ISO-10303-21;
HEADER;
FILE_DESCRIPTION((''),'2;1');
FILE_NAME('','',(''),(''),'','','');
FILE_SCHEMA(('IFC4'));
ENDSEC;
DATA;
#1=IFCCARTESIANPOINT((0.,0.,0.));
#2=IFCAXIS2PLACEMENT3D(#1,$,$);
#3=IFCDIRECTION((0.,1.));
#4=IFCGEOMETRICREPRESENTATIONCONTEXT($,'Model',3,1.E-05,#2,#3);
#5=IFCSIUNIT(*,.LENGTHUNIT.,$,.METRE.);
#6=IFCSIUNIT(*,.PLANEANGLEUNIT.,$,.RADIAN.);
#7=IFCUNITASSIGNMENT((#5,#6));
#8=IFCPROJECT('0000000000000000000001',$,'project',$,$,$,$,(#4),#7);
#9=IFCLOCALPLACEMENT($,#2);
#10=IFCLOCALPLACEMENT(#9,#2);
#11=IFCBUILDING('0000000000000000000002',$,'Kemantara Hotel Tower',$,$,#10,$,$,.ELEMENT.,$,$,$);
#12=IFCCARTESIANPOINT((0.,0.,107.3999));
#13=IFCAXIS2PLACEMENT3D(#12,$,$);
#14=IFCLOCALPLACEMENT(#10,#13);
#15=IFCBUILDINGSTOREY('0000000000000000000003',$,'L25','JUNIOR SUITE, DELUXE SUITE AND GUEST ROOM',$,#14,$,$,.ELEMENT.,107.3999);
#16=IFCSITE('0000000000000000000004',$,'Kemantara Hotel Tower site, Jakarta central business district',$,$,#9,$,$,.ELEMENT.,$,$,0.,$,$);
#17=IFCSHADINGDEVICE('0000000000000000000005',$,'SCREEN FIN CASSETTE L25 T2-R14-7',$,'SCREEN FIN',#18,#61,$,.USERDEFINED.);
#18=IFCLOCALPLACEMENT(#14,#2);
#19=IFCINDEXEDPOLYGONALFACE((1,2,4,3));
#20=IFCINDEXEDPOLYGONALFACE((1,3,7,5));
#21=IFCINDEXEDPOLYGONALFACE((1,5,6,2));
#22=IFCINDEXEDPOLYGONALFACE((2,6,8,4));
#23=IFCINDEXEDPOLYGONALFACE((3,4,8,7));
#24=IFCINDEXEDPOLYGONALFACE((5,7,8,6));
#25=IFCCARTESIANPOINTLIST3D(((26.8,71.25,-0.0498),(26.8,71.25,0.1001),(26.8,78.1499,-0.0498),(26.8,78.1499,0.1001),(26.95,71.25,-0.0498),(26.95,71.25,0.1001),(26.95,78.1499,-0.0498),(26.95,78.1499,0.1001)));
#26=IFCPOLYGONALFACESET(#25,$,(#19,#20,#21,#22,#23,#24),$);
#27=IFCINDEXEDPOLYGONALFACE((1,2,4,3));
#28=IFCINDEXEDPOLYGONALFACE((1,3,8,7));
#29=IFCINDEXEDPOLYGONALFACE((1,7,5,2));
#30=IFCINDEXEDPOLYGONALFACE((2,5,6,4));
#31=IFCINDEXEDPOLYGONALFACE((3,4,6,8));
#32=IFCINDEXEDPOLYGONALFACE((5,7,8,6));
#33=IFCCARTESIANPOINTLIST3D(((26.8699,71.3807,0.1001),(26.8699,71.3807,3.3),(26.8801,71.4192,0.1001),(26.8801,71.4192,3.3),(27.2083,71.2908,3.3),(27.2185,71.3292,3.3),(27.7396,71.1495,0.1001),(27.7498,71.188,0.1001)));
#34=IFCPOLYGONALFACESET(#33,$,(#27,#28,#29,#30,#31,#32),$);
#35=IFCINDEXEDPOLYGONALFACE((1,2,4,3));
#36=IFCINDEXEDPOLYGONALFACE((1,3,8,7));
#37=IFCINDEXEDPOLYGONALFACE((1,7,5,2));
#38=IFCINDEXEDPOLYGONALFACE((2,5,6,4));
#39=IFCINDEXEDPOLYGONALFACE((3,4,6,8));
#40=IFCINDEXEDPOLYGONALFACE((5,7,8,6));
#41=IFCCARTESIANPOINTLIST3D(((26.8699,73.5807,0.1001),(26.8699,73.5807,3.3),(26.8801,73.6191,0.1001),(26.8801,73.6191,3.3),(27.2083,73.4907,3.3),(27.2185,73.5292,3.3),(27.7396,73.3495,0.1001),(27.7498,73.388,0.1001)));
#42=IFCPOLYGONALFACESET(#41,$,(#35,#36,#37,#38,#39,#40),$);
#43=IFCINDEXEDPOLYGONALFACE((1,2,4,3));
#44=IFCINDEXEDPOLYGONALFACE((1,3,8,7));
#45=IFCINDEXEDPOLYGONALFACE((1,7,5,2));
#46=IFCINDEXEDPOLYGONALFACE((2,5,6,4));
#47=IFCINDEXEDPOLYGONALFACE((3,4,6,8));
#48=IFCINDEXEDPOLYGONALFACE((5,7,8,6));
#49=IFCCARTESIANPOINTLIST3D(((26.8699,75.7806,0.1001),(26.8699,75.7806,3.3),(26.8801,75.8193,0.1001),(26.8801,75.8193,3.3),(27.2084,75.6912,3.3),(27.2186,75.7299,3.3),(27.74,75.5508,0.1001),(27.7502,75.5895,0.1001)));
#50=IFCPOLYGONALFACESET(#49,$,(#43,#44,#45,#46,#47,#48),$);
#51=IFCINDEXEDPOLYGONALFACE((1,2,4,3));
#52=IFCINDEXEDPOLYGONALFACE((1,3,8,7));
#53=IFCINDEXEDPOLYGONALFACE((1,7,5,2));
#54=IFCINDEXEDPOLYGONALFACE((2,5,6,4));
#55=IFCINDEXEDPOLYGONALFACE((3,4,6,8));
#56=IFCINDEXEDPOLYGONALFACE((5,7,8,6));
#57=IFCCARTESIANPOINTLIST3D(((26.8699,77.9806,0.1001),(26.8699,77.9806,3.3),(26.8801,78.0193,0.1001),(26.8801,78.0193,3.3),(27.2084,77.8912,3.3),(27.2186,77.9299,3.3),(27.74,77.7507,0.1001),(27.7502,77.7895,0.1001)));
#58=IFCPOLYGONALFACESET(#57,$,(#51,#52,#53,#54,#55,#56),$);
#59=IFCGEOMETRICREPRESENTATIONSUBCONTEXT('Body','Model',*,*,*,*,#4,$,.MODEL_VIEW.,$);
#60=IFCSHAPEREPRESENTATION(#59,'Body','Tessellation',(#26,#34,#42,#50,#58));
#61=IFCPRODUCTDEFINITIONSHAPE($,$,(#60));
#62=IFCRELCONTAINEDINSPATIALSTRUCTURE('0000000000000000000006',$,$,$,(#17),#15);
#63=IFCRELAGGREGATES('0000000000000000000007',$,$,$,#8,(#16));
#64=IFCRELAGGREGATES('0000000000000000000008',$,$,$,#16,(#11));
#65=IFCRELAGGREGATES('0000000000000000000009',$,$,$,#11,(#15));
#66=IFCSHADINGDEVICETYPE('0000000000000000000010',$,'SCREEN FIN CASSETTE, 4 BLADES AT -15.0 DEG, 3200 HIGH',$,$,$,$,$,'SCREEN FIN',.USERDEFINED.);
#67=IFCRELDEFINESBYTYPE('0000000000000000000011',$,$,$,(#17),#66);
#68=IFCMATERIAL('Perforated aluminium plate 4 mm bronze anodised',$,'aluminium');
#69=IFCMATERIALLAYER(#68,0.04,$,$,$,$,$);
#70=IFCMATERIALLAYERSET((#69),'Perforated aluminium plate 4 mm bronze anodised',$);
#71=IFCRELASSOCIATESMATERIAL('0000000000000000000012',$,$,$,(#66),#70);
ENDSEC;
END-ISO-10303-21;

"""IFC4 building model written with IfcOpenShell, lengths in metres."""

from ifc_helpers import new_model, si_unit, direction, frame, origin, origin_2d, place, context, subcontext, project, spatial, polyline, rectangle, outline, extrude, source, transform, mapped, material, layer, layer_set, type_object, element, save


model = new_model("IFC4")

# Units and contexts
model_context = context("Model", 3, precision=1e-05, world=origin(), true_north=direction((0.0, 1.0)))
body_context = subcontext(model_context, "Body", "Model", "MODEL_VIEW")
ifc_project = project(units=[si_unit("LENGTHUNIT", "METRE"), si_unit("PLANEANGLEUNIT", "RADIAN")], contexts=[model_context])

# Site, building, storey
site_placement = place(None, origin())
site = spatial("IfcSite", under=ifc_project, at=site_placement, Name="Kemantara Hotel Tower site, Jakarta central business district", CompositionType="ELEMENT", RefElevation=0.0)
building_placement = place(site_placement, origin())
building = spatial("IfcBuilding", under=site, at=building_placement, Name="Kemantara Hotel Tower", CompositionType="ELEMENT")
storey_placement = place(building_placement, frame((0.0, 0.0, 107.3999)))
storey = spatial("IfcBuildingStorey", under=building, at=storey_placement, Name="L25", Description="JUNIOR SUITE, DELUXE SUITE AND GUEST ROOM", CompositionType="ELEMENT", Elevation=107.3999)

# Shading device
ifc_material_1 = material(Name="Perforated aluminium plate 4 mm bronze anodised", Category="aluminium")
ifc_layer_1 = layer(ifc_material_1, 0.04)
ifc_layer_set_1 = layer_set([ifc_layer_1], Name="Perforated aluminium plate 4 mm bronze anodised")
shading_device_type_1 = type_object("IfcShadingDeviceType", Name="SCREEN FIN CASSETTE, 4 BLADES AT -15.0 DEG, 3200 HIGH", ElementType="SCREEN FIN", PredefinedType="USERDEFINED", material=ifc_layer_set_1)
shared_shape_1 = source(origin(), body_context, "Body", "SweptSolid", [
    extrude(rectangle(XDim=6.8999, YDim=0.1499, at=origin_2d()), frame((3.3, -0.075, -0.1499), z_axis=(0.0, 0.0, 1.0), x_axis=(1.0, 0.0, 0.0)), (0.0, 0.0, 1.0), 0.1499),
    extrude(outline(polyline([(0.0, 0.0), (0.8999, 0.0), (0.3501, 3.2), (0.0, 3.2), (0.0, 0.0)])), frame((0.0193, -0.0801, 0.0), z_axis=(-0.966438, 0.256901, 0.0), x_axis=(-0.256901, -0.966438, 0.0)), (0.0, 0.0, 1.0), 0.0398),
    extrude(outline(polyline([(0.0, 0.0), (0.8999, 0.0), (0.3501, 3.2), (0.0, 3.2), (0.0, 0.0)])), frame((2.2192, -0.0801, 0.0), z_axis=(-0.966438, 0.256901, 0.0), x_axis=(-0.256901, -0.966438, 0.0)), (0.0, 0.0, 1.0), 0.0398),
    extrude(outline(polyline([(0.0, 0.0), (0.8999, 0.0), (0.3501, 3.2), (0.0, 3.2), (0.0, 0.0)])), frame((4.4194, -0.0801, 0.0), z_axis=(-0.966838, 0.255391, 0.0), x_axis=(-0.255391, -0.966838, 0.0)), (0.0, 0.0, 1.0), 0.04),
    extrude(outline(polyline([(0.0, 0.0), (0.8999, 0.0), (0.3501, 3.2), (0.0, 3.2), (0.0, 0.0)])), frame((6.6194, -0.0801, 0.0), z_axis=(-0.966838, 0.255391, 0.0), x_axis=(-0.255391, -0.966838, 0.0)), (0.0, 0.0, 1.0), 0.04),
])
shading_device_1_placement = place(storey_placement, frame((26.8, 71.3999, 0.1001), z_axis=(0.0, 0.0, 1.0), x_axis=(0.0, 1.0, 0.0)))
element("IfcShadingDevice", 1, at=shading_device_1_placement, inside=storey, type_object=shading_device_type_1, Name="SCREEN FIN CASSETTE L25 T2-R14-7", ObjectType="SCREEN FIN", PredefinedType="USERDEFINED", context=body_context, shape_type="MappedRepresentation", body=[
    mapped(shared_shape_1, transform((0.0, 0.0, 0.0))),
])

save(model, "model.ifc")
